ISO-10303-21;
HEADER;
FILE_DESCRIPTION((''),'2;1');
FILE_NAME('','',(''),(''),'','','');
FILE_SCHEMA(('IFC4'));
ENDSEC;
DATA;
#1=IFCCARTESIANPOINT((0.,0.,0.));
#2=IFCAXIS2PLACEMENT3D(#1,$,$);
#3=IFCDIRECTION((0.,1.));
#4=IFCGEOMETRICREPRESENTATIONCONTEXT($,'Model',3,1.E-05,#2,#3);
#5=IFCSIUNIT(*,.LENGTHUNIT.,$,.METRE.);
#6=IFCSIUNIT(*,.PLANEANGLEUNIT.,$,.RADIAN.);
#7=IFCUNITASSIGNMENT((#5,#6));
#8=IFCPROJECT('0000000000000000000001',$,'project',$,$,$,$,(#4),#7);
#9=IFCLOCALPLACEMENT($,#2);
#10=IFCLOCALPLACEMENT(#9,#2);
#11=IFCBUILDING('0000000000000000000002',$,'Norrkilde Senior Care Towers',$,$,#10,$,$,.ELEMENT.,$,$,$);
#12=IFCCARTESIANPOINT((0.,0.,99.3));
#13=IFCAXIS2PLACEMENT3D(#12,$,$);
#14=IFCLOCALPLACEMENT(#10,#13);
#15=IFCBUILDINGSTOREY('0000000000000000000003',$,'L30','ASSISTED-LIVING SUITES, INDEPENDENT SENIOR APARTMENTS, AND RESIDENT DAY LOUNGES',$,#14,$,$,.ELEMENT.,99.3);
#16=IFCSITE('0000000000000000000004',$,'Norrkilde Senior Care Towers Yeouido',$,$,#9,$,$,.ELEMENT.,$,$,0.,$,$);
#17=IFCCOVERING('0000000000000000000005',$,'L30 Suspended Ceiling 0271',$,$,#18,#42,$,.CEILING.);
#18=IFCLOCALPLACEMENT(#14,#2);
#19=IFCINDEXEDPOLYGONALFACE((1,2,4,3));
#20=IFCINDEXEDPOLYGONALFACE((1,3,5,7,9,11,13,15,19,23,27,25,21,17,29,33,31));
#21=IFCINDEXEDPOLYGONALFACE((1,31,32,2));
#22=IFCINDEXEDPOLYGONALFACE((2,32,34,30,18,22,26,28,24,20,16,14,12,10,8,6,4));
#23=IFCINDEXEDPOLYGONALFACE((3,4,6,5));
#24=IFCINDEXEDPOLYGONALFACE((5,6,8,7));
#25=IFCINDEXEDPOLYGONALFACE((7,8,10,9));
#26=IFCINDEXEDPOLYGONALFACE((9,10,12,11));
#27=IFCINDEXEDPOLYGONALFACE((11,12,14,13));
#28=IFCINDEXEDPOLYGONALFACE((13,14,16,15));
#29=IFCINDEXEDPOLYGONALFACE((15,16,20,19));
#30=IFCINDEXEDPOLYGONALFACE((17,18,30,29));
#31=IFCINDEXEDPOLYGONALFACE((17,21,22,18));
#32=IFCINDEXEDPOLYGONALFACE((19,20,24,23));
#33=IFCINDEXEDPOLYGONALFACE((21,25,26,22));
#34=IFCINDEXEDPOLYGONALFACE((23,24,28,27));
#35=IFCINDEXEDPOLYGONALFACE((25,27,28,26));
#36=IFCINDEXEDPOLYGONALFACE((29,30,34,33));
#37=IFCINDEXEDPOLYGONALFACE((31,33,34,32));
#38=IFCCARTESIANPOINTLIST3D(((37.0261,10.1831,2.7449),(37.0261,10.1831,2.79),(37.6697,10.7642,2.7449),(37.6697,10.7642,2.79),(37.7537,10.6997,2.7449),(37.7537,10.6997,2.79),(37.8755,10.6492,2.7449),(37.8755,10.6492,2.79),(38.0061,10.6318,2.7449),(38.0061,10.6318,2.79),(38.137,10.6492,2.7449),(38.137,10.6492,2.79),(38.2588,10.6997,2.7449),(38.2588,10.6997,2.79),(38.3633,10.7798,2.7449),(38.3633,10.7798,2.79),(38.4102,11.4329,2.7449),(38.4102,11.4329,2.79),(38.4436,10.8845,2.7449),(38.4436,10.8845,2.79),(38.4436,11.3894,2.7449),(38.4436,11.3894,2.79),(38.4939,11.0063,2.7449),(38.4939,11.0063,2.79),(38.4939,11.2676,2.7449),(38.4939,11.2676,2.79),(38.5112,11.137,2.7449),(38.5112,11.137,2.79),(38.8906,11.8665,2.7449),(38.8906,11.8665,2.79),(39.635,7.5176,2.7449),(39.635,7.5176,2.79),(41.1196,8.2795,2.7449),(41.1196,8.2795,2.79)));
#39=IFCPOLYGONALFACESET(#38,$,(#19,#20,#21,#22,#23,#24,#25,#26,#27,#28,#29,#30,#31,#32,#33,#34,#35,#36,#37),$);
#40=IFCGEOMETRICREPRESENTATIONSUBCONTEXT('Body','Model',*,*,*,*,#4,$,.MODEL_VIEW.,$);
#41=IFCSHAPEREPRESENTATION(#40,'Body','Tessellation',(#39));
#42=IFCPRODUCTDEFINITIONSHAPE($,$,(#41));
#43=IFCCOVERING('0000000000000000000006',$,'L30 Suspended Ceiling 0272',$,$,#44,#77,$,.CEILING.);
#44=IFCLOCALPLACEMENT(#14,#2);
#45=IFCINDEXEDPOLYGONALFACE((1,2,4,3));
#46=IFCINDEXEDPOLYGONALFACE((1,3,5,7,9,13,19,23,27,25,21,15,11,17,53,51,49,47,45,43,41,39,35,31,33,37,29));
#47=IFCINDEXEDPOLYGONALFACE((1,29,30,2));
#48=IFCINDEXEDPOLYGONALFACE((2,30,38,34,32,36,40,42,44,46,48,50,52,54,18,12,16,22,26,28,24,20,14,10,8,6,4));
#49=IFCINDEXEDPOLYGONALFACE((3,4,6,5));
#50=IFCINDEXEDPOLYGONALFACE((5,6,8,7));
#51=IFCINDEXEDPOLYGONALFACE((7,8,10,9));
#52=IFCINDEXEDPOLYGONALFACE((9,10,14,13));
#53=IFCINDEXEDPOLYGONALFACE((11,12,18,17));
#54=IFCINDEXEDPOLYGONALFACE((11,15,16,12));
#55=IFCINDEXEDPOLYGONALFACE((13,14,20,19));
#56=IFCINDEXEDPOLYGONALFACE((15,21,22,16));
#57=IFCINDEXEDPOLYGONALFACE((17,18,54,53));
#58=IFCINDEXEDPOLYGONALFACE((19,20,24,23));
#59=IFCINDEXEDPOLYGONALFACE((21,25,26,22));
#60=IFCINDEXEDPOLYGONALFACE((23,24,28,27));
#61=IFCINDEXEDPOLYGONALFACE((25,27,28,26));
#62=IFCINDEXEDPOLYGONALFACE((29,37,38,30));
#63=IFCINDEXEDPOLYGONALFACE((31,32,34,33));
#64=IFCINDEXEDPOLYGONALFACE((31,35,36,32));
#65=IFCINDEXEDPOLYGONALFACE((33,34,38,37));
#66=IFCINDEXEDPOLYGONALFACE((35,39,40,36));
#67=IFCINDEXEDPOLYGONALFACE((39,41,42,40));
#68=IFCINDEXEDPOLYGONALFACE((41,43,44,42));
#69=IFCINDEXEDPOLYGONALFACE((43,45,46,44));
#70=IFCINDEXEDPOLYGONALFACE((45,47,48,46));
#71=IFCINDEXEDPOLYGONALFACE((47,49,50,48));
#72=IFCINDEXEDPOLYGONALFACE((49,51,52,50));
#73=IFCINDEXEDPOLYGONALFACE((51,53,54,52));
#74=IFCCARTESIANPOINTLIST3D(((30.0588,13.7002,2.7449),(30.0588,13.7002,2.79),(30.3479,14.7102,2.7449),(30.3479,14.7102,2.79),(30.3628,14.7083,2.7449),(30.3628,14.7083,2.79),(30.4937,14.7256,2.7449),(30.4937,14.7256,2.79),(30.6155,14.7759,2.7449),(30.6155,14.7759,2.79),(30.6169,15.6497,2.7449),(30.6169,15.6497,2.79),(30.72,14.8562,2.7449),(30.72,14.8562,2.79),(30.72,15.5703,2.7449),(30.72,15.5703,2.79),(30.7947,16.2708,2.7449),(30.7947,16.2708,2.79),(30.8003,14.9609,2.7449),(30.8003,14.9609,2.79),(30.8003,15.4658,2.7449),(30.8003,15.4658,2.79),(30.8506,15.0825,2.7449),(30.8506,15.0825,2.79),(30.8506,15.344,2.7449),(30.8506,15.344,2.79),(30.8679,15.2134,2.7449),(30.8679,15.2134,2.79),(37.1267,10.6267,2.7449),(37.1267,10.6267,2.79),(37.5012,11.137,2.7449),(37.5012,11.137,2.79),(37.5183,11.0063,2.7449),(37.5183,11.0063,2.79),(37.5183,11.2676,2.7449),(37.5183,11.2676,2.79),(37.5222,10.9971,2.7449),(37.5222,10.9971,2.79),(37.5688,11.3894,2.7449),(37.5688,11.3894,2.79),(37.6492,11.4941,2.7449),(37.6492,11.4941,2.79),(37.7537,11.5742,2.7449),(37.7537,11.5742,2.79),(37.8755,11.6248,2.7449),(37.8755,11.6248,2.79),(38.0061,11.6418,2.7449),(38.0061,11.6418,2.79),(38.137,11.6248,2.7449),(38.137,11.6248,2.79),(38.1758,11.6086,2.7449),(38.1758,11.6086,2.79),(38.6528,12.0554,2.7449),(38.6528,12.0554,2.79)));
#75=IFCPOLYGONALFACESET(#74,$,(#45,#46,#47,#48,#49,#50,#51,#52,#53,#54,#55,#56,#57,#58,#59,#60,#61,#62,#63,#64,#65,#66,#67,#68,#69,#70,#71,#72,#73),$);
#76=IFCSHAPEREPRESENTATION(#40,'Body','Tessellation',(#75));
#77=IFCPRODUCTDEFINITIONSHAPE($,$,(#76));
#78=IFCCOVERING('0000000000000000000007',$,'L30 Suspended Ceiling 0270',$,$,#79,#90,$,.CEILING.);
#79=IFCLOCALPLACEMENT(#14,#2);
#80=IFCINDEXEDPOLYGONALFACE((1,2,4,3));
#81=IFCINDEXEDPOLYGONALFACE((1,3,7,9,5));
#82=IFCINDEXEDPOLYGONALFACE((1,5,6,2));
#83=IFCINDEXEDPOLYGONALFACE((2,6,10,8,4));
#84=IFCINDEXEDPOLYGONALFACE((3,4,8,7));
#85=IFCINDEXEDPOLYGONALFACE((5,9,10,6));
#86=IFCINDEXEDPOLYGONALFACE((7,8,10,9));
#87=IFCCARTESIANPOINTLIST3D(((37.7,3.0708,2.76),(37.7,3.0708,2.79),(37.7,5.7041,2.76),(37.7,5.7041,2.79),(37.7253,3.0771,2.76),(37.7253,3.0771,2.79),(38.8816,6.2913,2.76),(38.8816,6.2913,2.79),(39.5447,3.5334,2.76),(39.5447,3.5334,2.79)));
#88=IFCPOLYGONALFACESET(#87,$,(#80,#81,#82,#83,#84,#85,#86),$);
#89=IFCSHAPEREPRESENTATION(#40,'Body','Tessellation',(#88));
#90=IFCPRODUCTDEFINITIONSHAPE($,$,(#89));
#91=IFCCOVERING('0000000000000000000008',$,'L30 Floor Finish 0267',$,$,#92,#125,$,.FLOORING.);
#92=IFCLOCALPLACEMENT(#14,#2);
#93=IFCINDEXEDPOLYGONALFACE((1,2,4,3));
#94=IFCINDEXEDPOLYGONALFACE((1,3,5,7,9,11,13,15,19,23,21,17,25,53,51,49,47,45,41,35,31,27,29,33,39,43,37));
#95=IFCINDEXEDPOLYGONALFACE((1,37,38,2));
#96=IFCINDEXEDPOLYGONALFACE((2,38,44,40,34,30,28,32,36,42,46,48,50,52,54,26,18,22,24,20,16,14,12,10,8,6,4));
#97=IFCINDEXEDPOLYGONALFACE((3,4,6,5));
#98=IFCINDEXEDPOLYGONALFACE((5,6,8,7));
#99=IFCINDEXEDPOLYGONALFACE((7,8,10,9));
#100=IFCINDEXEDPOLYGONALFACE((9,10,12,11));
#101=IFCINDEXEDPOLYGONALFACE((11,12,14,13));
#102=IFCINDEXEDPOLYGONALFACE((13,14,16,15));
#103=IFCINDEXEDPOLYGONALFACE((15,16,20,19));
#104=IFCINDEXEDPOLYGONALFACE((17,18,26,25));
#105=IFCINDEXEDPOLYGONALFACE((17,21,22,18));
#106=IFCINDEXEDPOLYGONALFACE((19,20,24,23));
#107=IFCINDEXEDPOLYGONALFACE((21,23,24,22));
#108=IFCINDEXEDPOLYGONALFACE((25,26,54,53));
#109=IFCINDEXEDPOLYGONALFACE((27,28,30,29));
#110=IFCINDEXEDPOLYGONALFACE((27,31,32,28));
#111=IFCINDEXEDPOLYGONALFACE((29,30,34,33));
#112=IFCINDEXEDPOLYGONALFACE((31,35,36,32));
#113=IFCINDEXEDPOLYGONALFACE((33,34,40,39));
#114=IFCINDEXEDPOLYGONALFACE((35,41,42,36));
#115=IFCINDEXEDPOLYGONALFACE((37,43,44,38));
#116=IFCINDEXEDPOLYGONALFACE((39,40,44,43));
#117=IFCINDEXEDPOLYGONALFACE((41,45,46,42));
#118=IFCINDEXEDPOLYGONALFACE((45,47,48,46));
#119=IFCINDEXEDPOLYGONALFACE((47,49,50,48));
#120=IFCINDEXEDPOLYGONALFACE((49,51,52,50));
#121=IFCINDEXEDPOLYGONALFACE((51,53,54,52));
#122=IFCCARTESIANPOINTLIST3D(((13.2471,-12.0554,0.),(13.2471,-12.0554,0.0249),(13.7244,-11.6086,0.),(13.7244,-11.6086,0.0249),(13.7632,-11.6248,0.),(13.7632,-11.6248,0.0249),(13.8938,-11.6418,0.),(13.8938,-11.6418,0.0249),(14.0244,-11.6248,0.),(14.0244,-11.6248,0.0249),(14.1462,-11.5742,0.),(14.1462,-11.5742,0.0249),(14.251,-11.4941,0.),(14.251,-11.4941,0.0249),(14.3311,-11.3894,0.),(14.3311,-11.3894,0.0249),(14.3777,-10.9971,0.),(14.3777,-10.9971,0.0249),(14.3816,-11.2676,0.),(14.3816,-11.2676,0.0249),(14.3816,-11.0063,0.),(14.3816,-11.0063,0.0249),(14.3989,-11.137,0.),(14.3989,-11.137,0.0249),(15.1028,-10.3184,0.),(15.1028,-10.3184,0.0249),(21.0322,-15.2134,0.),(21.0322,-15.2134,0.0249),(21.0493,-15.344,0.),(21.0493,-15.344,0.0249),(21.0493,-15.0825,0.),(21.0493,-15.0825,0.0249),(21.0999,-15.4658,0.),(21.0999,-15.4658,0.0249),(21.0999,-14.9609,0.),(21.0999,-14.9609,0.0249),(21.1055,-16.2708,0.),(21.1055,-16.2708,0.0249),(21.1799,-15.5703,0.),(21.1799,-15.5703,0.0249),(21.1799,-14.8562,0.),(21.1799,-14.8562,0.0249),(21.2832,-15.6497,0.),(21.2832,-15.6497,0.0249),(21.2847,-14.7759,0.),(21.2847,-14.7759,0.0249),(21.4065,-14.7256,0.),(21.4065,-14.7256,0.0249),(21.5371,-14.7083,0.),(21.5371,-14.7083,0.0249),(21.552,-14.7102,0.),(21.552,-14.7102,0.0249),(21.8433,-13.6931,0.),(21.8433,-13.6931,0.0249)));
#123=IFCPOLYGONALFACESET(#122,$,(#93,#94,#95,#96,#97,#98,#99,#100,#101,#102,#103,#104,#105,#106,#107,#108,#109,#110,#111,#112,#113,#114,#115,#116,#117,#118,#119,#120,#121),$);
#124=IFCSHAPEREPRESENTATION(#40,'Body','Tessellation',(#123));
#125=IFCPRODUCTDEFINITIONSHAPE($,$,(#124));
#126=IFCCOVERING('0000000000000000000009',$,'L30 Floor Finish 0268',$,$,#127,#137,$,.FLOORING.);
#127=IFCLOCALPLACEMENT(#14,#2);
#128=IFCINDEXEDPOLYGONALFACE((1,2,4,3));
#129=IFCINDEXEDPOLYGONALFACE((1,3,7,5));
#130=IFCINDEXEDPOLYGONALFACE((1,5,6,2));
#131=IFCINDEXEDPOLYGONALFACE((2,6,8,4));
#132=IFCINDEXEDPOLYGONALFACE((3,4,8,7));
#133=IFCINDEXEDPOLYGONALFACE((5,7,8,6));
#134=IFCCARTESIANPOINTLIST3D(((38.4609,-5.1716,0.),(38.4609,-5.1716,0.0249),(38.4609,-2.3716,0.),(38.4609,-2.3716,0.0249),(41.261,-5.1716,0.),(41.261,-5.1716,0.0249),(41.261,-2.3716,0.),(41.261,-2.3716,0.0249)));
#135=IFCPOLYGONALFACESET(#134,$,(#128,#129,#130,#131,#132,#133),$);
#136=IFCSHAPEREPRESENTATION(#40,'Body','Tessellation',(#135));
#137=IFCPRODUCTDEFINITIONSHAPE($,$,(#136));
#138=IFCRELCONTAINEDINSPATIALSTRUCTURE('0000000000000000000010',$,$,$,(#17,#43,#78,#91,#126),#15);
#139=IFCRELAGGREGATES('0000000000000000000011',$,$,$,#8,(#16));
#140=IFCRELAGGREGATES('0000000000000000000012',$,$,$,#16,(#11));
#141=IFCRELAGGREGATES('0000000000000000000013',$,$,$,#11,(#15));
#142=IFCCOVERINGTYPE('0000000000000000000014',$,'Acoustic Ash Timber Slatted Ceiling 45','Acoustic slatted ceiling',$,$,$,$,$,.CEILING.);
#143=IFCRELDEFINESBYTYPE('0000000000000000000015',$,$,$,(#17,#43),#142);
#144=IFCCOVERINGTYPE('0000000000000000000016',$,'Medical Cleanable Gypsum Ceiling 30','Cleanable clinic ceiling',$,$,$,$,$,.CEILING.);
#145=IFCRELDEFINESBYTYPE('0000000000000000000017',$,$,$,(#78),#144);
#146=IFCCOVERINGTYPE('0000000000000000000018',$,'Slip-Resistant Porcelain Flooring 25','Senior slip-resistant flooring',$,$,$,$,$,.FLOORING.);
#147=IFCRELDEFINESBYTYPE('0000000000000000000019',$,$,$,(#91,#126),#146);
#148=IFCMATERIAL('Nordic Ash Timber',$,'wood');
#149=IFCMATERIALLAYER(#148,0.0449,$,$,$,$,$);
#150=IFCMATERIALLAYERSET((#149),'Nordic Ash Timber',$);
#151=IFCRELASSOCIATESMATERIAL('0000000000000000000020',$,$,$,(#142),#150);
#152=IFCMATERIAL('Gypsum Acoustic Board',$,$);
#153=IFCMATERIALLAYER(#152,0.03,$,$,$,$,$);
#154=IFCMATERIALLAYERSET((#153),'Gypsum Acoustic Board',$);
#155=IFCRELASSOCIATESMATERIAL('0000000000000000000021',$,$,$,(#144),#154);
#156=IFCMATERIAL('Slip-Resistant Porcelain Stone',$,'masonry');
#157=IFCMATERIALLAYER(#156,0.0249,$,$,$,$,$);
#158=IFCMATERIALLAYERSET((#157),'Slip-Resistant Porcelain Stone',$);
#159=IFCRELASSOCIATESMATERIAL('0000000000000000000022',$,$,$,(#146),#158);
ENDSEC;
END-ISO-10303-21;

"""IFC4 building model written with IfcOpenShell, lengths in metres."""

from ifc_helpers import new_model, si_unit, direction, frame, origin, place, context, subcontext, project, spatial, polyline, outline, extrude, material, layer, layer_set, type_object, element, save


model = new_model("IFC4")

# Units and contexts
model_context = context("Model", 3, precision=1e-05, world=origin(), true_north=direction((0.0, 1.0)))
body_context = subcontext(model_context, "Body", "Model", "MODEL_VIEW")
ifc_project = project(units=[si_unit("LENGTHUNIT", "METRE"), si_unit("PLANEANGLEUNIT", "RADIAN")], contexts=[model_context])

# Site, building, storey
site_placement = place(None, origin())
site = spatial("IfcSite", under=ifc_project, at=site_placement, Name="Norrkilde Senior Care Towers Yeouido", CompositionType="ELEMENT", RefElevation=0.0)
building_placement = place(site_placement, origin())
building = spatial("IfcBuilding", under=site, at=building_placement, Name="Norrkilde Senior Care Towers", CompositionType="ELEMENT")
storey_placement = place(building_placement, frame((0.0, 0.0, 99.3)))
storey = spatial("IfcBuildingStorey", under=building, at=storey_placement, Name="L30", Description="ASSISTED-LIVING SUITES, INDEPENDENT SENIOR APARTMENTS, AND RESIDENT DAY LOUNGES", CompositionType="ELEMENT", Elevation=99.3)

# Shared definitions
ifc_material_1 = material(Name="Gypsum Acoustic Board")
ifc_material_2 = material(Name="Nordic Ash Timber", Category="wood")

# Coverings
ifc_layer_1 = layer(ifc_material_2, 0.0449)
ifc_layer_set_1 = layer_set([ifc_layer_1], Name="Nordic Ash Timber")
covering_type_1 = type_object("IfcCoveringType", Name="Acoustic Ash Timber Slatted Ceiling 45", Description="Acoustic slatted ceiling", PredefinedType="CEILING", material=ifc_layer_set_1)
covering_1_placement = place(storey_placement, frame((0.0, 0.0, 2.7449)))
element("IfcCovering", 1, at=covering_1_placement, inside=storey, type_object=covering_type_1, Name="L30 Suspended Ceiling 0271", PredefinedType="CEILING", context=body_context, shape_type="SweptSolid", body=[
    extrude(outline(polyline([(39.635, 7.5176), (37.0261, 10.1831), (37.6697, 10.7642), (37.7537, 10.6997), (37.8755, 10.6492), (38.0061, 10.6318), (38.137, 10.6492), (38.2588, 10.6997), (38.3633, 10.7798), (38.4436, 10.8845), (38.4939, 11.0063), (38.5112, 11.137), (38.4939, 11.2676), (38.4436, 11.3894), (38.4102, 11.4329), (38.8906, 11.8665), (41.1196, 8.2795), (39.635, 7.5176)])), origin(), (0.0, 0.0, 1.0), 0.0452),
])
covering_2_placement = place(storey_placement, frame((0.0, 0.0, 2.7449)))
element("IfcCovering", 2, at=covering_2_placement, inside=storey, type_object=covering_type_1, Name="L30 Suspended Ceiling 0272", PredefinedType="CEILING", context=body_context, shape_type="SweptSolid", body=[
    extrude(outline(polyline([(38.1758, 11.6086), (38.137, 11.6248), (38.0061, 11.6418), (37.8755, 11.6248), (37.7537, 11.5742), (37.6492, 11.4941), (37.5688, 11.3894), (37.5183, 11.2676), (37.5012, 11.137), (37.5183, 11.0063), (37.5222, 10.9971), (37.1267, 10.6267), (30.0588, 13.7002), (30.3479, 14.7102), (30.3628, 14.7083), (30.4937, 14.7256), (30.6155, 14.7759), (30.72, 14.8562), (30.8003, 14.9609), (30.8506, 15.0825), (30.8679, 15.2134), (30.8506, 15.344), (30.8003, 15.4658), (30.72, 15.5703), (30.6169, 15.6497), (30.7947, 16.2708), (38.6528, 12.0554), (38.1758, 11.6086)])), origin(), (0.0, 0.0, 1.0), 0.0452),
])
ifc_layer_2 = layer(ifc_material_1, 0.03)
ifc_layer_set_2 = layer_set([ifc_layer_2], Name="Gypsum Acoustic Board")
covering_type_2 = type_object("IfcCoveringType", Name="Medical Cleanable Gypsum Ceiling 30", Description="Cleanable clinic ceiling", PredefinedType="CEILING", material=ifc_layer_set_2)
covering_3_placement = place(storey_placement, frame((0.0, 0.0, 2.76)))
element("IfcCovering", 3, at=covering_3_placement, inside=storey, type_object=covering_type_2, Name="L30 Suspended Ceiling 0270", PredefinedType="CEILING", context=body_context, shape_type="SweptSolid", body=[
    extrude(outline(polyline([(38.8816, 6.2913), (39.5447, 3.5334), (37.7253, 3.0771), (37.7, 3.0708), (37.7, 5.7041), (38.8816, 6.2913)])), origin(), (0.0, 0.0, 1.0), 0.03),
])
ifc_material_3 = material(Name="Slip-Resistant Porcelain Stone", Category="masonry")
ifc_layer_3 = layer(ifc_material_3, 0.0249)
ifc_layer_set_3 = layer_set([ifc_layer_3], Name="Slip-Resistant Porcelain Stone")
covering_type_3 = type_object("IfcCoveringType", Name="Slip-Resistant Porcelain Flooring 25", Description="Senior slip-resistant flooring", PredefinedType="FLOORING", material=ifc_layer_set_3)
covering_4_placement = place(storey_placement, origin())
element("IfcCovering", 4, at=covering_4_placement, inside=storey, type_object=covering_type_3, Name="L30 Floor Finish 0267", PredefinedType="FLOORING", context=body_context, shape_type="SweptSolid", body=[
    extrude(outline(polyline([(13.7632, -11.6248), (13.8938, -11.6418), (14.0244, -11.6248), (14.1462, -11.5742), (14.251, -11.4941), (14.3311, -11.3894), (14.3816, -11.2676), (14.3989, -11.137), (14.3816, -11.0063), (14.3777, -10.9971), (15.1028, -10.3184), (21.8433, -13.6931), (21.552, -14.7102), (21.5371, -14.7083), (21.4065, -14.7256), (21.2847, -14.7759), (21.1799, -14.8562), (21.0999, -14.9609), (21.0493, -15.0825), (21.0322, -15.2134), (21.0493, -15.344), (21.0999, -15.4658), (21.1799, -15.5703), (21.2832, -15.6497), (21.1055, -16.2708), (13.2471, -12.0554), (13.7244, -11.6086), (13.7632, -11.6248)])), origin(), (0.0, 0.0, 1.0), 0.0249),
])
covering_5_placement = place(storey_placement, origin())
element("IfcCovering", 5, at=covering_5_placement, inside=storey, type_object=covering_type_3, Name="L30 Floor Finish 0268", PredefinedType="FLOORING", context=body_context, shape_type="SweptSolid", body=[
    extrude(outline(polyline([(38.4609, -5.1716), (38.4609, -2.3716), (41.261, -2.3716), (41.261, -5.1716), (38.4609, -5.1716)])), origin(), (0.0, 0.0, 1.0), 0.0249),
])

save(model, "model.ifc")
